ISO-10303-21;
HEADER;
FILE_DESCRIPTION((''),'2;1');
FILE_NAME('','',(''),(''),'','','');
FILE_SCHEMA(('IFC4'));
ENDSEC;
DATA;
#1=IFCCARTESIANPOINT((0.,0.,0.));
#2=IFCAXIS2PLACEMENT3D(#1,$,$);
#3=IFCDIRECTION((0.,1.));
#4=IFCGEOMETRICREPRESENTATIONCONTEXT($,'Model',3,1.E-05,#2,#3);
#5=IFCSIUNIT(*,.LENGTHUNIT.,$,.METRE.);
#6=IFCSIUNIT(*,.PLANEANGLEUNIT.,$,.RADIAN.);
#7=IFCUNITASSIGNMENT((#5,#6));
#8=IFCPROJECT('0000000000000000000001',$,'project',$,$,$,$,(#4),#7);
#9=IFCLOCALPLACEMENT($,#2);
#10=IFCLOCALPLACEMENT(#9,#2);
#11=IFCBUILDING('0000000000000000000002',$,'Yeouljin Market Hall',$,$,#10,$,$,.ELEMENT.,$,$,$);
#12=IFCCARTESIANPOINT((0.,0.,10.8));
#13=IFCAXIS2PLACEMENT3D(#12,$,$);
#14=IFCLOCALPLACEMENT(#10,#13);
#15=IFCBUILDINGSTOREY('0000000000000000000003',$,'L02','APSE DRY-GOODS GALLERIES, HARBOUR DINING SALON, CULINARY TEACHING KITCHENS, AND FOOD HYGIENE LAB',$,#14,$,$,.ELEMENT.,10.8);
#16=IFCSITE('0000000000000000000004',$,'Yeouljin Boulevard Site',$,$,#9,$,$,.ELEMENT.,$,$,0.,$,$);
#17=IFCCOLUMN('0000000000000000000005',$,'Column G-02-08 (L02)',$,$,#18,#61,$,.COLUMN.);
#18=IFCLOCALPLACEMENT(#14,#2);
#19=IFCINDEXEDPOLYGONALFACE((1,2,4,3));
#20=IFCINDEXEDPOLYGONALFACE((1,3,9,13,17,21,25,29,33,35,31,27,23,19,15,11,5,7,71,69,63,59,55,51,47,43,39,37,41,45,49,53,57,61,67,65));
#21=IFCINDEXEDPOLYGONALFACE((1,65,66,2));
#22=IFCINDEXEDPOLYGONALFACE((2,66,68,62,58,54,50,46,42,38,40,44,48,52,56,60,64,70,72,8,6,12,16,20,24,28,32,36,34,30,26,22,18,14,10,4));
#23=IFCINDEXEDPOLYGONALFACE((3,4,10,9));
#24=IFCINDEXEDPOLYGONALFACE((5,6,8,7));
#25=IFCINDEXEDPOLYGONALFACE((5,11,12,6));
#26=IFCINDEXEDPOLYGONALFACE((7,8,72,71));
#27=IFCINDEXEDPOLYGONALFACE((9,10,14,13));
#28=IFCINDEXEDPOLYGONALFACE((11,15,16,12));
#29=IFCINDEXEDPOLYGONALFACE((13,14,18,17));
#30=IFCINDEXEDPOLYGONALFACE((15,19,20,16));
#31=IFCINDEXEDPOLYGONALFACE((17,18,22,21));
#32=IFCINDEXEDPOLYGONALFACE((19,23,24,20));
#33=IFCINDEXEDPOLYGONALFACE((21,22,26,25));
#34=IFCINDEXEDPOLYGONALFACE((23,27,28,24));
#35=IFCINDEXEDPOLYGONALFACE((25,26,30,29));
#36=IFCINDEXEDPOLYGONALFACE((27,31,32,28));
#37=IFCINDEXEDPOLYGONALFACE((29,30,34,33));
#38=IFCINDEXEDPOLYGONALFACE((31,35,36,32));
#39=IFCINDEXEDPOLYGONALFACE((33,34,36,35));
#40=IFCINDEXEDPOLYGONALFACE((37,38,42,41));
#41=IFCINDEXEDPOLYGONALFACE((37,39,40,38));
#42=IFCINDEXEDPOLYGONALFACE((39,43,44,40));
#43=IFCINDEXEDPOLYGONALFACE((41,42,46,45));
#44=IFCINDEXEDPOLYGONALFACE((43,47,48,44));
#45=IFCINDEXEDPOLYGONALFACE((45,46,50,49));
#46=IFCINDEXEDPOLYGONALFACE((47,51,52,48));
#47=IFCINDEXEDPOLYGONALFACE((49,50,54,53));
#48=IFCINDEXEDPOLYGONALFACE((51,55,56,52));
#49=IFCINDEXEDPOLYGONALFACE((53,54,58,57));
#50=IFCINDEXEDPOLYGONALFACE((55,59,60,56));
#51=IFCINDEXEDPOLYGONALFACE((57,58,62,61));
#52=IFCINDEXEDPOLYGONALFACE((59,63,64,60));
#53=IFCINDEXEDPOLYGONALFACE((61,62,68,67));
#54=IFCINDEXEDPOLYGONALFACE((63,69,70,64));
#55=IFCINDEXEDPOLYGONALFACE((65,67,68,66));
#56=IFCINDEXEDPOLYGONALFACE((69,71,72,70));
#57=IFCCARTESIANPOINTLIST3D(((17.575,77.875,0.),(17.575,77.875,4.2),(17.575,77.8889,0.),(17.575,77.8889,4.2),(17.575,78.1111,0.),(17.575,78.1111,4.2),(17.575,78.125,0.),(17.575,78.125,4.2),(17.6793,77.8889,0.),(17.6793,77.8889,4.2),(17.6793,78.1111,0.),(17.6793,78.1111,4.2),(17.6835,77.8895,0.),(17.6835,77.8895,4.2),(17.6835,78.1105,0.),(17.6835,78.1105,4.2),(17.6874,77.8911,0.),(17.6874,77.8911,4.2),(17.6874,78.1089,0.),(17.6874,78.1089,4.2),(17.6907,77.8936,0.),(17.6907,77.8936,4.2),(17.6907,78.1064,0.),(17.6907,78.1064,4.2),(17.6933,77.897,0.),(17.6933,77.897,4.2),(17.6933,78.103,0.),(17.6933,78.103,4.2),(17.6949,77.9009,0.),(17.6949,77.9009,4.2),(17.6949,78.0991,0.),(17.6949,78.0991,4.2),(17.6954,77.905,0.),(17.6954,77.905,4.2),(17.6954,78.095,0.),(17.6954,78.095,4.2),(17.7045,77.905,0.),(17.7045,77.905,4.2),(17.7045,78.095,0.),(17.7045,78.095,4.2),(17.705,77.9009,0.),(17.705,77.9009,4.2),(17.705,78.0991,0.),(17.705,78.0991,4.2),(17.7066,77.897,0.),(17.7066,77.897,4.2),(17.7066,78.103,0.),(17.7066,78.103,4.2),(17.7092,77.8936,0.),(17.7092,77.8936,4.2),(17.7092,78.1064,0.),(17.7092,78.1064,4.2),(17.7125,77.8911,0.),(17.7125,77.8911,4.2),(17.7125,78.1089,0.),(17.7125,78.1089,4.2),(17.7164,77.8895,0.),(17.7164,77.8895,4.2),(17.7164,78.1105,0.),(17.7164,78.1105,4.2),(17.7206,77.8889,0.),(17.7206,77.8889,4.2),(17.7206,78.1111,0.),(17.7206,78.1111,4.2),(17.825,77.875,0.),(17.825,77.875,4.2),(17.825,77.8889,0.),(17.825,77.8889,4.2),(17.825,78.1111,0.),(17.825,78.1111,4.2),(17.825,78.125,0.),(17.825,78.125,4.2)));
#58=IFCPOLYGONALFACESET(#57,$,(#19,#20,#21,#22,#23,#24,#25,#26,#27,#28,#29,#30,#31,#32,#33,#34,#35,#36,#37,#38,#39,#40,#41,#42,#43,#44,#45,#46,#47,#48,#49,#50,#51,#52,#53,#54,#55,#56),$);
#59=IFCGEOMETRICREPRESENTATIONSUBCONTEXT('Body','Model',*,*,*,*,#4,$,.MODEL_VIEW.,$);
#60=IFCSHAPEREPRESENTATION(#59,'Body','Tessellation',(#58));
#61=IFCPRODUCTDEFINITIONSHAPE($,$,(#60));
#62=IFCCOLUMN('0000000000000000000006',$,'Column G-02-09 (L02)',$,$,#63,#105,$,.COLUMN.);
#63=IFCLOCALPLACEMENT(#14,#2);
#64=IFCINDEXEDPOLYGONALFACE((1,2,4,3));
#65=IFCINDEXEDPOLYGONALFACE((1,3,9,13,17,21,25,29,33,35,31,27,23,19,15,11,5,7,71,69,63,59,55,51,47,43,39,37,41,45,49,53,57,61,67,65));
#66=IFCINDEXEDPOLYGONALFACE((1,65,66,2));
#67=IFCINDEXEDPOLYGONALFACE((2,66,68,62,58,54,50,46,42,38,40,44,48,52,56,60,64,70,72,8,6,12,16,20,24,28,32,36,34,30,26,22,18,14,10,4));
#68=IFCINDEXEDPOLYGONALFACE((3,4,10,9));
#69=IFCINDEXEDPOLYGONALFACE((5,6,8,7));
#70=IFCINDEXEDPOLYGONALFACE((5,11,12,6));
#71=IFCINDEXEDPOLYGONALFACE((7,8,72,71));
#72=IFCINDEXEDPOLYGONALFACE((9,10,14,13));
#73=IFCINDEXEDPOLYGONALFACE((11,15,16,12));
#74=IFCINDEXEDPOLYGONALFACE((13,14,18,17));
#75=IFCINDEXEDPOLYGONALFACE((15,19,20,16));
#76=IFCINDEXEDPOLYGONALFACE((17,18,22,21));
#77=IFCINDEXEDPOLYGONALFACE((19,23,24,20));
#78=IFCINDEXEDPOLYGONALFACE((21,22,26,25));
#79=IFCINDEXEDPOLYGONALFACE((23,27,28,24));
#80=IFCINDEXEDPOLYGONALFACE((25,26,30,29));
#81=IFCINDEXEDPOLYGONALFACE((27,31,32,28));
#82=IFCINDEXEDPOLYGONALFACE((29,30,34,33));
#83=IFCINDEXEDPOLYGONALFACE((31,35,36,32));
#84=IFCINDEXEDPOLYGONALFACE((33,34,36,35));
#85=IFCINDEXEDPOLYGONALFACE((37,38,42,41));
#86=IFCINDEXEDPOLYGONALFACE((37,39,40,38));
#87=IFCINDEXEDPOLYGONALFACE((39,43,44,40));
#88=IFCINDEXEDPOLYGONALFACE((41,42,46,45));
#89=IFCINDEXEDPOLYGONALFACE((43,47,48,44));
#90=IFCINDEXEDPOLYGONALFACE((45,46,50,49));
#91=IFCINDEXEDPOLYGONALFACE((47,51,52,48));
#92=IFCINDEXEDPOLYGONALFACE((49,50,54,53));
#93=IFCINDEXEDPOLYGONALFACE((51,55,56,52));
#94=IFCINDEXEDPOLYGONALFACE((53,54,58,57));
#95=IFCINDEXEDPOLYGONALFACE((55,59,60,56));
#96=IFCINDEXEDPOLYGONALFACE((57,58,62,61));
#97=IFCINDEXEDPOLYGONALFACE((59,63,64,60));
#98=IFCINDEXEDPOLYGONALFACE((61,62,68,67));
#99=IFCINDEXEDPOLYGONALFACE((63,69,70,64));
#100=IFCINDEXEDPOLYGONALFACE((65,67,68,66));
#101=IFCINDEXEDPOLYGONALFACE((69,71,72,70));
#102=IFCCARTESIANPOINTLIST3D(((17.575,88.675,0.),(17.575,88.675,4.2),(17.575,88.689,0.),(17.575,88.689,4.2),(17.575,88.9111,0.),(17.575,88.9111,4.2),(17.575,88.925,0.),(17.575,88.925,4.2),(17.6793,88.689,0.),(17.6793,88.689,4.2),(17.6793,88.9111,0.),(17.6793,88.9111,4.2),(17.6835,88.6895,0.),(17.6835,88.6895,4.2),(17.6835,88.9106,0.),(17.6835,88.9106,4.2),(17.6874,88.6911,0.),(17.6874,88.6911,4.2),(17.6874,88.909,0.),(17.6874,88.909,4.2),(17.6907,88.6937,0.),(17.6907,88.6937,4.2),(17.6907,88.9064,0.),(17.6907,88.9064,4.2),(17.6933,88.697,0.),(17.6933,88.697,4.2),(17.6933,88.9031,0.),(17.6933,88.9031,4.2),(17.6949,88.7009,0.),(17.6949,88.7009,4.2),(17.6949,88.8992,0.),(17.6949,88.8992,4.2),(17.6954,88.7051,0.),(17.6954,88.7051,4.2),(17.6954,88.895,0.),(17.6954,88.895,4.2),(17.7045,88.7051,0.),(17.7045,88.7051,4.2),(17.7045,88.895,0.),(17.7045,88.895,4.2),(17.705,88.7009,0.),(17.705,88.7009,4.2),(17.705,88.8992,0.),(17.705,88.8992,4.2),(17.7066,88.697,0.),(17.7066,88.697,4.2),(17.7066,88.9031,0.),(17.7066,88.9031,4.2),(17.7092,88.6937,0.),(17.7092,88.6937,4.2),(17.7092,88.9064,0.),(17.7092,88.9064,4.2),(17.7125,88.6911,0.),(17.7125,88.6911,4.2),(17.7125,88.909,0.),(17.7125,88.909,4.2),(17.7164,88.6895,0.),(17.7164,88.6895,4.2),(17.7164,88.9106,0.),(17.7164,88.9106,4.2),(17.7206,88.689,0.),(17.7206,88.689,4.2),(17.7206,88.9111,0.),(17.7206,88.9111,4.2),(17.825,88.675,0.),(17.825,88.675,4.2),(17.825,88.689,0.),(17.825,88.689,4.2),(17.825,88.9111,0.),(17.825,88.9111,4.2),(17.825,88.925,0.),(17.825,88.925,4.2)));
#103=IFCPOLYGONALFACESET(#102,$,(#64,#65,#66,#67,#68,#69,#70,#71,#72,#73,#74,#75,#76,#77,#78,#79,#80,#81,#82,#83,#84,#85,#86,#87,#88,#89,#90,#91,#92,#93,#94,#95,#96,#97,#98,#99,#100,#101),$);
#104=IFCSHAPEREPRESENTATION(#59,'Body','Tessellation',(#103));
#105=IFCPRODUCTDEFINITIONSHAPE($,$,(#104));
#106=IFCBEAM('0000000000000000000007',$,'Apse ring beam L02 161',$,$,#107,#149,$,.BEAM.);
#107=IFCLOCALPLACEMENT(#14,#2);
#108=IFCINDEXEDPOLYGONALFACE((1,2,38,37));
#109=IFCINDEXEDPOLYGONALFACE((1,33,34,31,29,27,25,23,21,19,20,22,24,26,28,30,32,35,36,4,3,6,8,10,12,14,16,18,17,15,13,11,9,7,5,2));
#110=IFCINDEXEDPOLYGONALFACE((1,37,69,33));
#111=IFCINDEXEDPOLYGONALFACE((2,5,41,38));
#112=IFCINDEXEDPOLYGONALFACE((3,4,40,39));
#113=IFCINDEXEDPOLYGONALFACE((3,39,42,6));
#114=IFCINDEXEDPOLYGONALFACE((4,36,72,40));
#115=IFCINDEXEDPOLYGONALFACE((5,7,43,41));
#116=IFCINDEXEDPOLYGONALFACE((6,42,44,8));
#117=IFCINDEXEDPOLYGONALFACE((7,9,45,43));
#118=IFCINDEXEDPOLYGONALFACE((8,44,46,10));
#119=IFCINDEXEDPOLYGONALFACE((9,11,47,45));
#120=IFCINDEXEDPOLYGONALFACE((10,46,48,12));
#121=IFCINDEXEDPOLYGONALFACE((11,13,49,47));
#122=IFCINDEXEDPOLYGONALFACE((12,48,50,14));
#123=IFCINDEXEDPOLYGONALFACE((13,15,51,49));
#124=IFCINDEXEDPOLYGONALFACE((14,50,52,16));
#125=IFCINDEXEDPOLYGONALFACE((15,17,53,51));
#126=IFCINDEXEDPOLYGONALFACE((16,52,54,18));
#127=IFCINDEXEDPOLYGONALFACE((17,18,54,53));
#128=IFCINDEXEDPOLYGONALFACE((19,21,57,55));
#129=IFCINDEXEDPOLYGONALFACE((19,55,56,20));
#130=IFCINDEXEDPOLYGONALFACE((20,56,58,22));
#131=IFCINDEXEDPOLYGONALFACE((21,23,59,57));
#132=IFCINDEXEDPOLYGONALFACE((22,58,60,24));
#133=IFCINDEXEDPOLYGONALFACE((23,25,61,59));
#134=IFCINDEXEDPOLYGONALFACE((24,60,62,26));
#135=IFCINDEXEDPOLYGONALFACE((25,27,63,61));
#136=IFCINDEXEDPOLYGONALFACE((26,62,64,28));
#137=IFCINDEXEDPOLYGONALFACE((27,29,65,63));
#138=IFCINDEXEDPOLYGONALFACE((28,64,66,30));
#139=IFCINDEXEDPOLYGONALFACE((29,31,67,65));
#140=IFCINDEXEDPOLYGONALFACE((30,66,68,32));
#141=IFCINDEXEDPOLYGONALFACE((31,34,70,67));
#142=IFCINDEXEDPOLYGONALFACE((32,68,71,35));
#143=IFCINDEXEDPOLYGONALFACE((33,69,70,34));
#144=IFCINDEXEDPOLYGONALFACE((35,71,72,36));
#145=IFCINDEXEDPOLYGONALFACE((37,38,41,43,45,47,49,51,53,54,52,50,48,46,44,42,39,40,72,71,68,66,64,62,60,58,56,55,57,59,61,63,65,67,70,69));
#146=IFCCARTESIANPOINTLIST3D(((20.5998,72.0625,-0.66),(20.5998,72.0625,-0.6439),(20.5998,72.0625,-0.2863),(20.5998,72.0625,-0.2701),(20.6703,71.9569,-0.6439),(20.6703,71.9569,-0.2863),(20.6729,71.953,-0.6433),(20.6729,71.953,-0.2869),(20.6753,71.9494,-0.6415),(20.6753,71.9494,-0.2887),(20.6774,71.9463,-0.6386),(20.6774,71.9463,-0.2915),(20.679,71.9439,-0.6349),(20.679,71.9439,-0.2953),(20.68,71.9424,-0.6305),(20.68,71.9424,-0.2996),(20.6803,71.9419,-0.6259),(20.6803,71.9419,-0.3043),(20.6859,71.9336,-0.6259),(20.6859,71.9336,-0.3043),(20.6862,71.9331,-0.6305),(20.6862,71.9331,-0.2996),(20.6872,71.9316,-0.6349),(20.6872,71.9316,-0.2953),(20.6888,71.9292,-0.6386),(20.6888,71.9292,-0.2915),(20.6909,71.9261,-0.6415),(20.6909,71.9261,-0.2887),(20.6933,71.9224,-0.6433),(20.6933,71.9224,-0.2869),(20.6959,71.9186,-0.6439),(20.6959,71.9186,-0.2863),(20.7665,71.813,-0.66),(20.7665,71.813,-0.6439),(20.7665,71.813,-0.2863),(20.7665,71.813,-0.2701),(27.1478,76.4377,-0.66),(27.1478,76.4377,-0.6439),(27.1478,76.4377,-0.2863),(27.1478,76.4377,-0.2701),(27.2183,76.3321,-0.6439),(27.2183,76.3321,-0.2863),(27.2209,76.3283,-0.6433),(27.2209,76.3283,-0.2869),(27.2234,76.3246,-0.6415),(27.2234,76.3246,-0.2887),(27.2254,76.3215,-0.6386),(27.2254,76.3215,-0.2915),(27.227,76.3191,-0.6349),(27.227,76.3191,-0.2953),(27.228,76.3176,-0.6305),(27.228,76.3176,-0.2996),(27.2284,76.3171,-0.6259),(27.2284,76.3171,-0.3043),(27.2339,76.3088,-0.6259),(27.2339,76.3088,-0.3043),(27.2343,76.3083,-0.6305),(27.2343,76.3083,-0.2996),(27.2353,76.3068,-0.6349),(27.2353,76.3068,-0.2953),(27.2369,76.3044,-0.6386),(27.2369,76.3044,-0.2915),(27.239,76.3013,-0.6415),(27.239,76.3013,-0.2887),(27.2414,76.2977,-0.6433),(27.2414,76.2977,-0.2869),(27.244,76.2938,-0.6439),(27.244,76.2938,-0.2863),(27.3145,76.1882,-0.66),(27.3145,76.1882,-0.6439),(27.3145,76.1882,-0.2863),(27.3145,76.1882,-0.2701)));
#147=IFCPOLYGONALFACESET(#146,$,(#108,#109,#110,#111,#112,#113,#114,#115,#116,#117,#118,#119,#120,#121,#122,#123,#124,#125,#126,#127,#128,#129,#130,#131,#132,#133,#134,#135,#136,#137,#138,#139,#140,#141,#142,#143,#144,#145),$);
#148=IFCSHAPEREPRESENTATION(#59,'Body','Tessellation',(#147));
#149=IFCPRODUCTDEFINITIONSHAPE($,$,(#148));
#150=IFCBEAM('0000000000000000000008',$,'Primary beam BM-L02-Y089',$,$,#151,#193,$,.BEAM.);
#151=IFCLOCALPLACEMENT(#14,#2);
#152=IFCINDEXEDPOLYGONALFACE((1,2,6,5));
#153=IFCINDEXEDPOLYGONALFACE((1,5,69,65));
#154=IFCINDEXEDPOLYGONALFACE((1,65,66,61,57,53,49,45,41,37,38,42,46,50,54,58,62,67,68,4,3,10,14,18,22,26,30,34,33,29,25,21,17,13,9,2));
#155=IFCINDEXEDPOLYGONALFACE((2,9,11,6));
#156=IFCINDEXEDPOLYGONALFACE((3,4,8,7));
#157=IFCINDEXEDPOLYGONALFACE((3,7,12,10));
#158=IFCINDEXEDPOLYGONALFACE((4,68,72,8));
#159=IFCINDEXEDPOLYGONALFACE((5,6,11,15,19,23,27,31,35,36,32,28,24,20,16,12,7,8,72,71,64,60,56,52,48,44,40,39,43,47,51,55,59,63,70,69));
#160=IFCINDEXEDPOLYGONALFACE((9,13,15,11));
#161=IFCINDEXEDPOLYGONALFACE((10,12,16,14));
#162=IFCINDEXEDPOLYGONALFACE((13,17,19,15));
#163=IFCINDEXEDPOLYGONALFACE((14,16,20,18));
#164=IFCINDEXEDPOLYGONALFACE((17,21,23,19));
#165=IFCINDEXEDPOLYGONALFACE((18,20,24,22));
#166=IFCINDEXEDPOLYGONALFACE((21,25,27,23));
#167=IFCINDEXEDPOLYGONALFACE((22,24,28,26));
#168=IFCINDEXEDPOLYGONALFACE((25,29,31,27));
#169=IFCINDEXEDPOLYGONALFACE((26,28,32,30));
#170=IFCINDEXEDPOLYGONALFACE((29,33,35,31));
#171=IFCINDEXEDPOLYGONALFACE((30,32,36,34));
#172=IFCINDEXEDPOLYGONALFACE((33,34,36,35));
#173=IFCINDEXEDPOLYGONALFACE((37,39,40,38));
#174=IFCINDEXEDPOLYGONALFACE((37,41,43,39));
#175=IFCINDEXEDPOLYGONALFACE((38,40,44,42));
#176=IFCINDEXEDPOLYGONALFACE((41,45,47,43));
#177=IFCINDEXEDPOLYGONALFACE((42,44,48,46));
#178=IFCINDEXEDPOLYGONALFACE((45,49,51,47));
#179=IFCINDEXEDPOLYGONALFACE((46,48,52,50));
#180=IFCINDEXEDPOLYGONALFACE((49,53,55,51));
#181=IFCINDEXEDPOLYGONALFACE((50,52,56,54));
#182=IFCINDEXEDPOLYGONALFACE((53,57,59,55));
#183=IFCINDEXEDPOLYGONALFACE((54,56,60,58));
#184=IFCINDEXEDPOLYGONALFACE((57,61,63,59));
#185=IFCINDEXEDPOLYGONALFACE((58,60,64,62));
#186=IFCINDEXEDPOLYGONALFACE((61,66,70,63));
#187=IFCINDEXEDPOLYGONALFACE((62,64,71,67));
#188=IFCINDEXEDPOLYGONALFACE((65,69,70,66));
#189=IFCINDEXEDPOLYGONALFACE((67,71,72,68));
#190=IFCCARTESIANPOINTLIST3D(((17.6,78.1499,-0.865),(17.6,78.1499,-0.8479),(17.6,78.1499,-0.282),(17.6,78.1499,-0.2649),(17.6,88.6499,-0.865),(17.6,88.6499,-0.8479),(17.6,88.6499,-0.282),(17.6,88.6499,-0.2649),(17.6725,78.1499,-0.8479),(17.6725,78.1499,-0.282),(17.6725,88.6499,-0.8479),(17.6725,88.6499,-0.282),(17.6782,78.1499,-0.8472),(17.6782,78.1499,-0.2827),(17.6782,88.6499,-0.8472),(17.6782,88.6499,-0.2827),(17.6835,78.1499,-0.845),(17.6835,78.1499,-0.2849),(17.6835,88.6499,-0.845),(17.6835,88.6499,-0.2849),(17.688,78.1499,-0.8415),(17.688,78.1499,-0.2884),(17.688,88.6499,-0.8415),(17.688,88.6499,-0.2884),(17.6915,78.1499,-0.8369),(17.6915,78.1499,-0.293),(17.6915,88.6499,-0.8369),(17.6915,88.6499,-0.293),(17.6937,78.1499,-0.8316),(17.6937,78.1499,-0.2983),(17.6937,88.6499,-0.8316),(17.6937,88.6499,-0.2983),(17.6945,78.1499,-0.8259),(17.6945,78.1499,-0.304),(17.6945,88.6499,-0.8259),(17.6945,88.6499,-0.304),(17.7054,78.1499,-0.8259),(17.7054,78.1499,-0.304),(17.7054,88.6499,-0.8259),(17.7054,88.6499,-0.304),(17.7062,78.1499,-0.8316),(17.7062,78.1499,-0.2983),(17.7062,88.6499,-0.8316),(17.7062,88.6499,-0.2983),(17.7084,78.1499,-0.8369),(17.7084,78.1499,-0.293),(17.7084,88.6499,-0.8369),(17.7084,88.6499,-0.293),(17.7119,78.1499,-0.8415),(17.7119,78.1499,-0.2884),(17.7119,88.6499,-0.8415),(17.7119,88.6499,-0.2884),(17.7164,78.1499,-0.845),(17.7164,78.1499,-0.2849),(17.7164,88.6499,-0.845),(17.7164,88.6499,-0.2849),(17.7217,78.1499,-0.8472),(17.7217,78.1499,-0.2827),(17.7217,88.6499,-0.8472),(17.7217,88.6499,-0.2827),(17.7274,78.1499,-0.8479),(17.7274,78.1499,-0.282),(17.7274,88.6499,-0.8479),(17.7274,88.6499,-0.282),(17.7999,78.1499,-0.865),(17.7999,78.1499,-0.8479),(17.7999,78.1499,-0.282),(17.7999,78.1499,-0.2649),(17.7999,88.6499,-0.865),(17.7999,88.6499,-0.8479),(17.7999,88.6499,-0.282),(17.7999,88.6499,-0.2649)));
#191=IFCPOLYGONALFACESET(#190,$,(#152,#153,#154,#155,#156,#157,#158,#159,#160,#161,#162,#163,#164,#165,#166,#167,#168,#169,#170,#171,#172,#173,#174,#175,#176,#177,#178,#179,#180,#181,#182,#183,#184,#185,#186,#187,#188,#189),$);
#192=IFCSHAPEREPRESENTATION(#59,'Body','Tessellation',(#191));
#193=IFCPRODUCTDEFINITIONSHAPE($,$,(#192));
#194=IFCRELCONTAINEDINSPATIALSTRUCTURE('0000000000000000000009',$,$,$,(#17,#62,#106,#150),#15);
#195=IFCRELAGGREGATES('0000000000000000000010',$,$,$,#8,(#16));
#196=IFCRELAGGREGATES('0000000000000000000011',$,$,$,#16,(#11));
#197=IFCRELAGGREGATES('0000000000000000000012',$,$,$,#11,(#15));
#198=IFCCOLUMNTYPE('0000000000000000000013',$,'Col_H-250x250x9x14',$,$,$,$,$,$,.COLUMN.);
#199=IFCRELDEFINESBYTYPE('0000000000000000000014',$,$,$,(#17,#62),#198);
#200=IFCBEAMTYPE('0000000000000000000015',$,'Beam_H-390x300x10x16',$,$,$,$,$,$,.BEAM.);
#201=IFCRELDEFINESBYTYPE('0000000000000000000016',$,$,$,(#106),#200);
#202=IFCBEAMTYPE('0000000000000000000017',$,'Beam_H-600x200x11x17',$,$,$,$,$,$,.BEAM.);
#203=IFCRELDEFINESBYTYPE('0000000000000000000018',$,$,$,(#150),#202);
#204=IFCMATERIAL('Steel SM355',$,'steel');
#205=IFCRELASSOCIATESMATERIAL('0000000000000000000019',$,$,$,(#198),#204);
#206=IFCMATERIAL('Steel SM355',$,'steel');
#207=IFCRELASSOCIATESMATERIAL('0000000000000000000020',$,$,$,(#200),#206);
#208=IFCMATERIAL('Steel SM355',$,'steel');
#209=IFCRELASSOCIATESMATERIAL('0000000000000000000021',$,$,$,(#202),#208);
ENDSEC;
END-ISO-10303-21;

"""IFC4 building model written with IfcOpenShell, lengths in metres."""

from ifc_helpers import new_model, si_unit, direction, frame, origin, origin_2d, place, context, subcontext, project, spatial, i_section, extrude, material, material_profile, profile_set, type_object, element, save


model = new_model("IFC4")

# Units and contexts
model_context = context("Model", 3, precision=1e-05, world=origin(), true_north=direction((0.0, 1.0)))
body_context = subcontext(model_context, "Body", "Model", "MODEL_VIEW")
ifc_project = project(units=[si_unit("LENGTHUNIT", "METRE"), si_unit("PLANEANGLEUNIT", "RADIAN")], contexts=[model_context])

# Site, building, storey
site_placement = place(None, origin())
site = spatial("IfcSite", under=ifc_project, at=site_placement, Name="Yeouljin Boulevard Site", CompositionType="ELEMENT", RefElevation=0.0)
building_placement = place(site_placement, origin())
building = spatial("IfcBuilding", under=site, at=building_placement, Name="Yeouljin Market Hall", CompositionType="ELEMENT")
storey_placement = place(building_placement, frame((0.0, 0.0, 10.8)))
storey = spatial("IfcBuildingStorey", under=building, at=storey_placement, Name="L02", Description="APSE DRY-GOODS GALLERIES, HARBOUR DINING SALON, CULINARY TEACHING KITCHENS, AND FOOD HYGIENE LAB", CompositionType="ELEMENT", Elevation=10.8)

# Columns
ifc_material_1 = material(Name="Steel SM355", Category="steel")
ifc_material_profile_1 = material_profile(ifc_material_1, i_section(OverallWidth=0.25, OverallDepth=0.25, WebThickness=0.009, FlangeThickness=0.0139, FilletRadius=0.0161, at=origin_2d()), Name="H-250x250x9x14")
ifc_profile_set_1 = profile_set([ifc_material_profile_1], Name="Steel SM355")
column_type = type_object("IfcColumnType", Name="Col_H-250x250x9x14", PredefinedType="COLUMN", material=ifc_profile_set_1)
for number, where, z_axis, x_axis, name in (
    (1, (17.7, 78.0, 0.0), (0.0, 0.0, 1.0), (1.0, 0.0, 0.0), "Column G-02-08 (L02)"),
    (2, (17.7, 88.8, 0.0), (0.0, 0.0, 1.0), (1.0, 0.0, 0.0), "Column G-02-09 (L02)"),
):
    element("IfcColumn", number, at=place(storey_placement, frame(where, z_axis=z_axis, x_axis=x_axis)), inside=storey, type_object=column_type, Name=name, PredefinedType="COLUMN", context=body_context, shape_type="SweptSolid", body=[
        extrude(i_section(OverallWidth=0.25, OverallDepth=0.25, WebThickness=0.009, FlangeThickness=0.0139, FilletRadius=0.0161, at=origin_2d()), origin(), (0.0, 0.0, 1.0), 4.2),
    ])

# Beams
ifc_material_2 = material(Name="Steel SM355", Category="steel")
ifc_material_profile_2 = material_profile(ifc_material_2, i_section(OverallWidth=0.3, OverallDepth=0.3899, WebThickness=0.01, FlangeThickness=0.0161, FilletRadius=0.0181, at=origin_2d()), Name="H-390x300x10x16")
ifc_profile_set_2 = profile_set([ifc_material_profile_2], Name="Steel SM355")
beam_type_1 = type_object("IfcBeamType", Name="Beam_H-390x300x10x16", PredefinedType="BEAM", material=ifc_profile_set_2)
beam_1_placement = place(storey_placement, frame((20.6831, 71.9377, -0.4651), z_axis=(0.831473, 0.555566, 0.0), x_axis=(-0.555566, 0.831473, 0.0)))
element("IfcBeam", 3, at=beam_1_placement, inside=storey, type_object=beam_type_1, Name="Apse ring beam L02 161", PredefinedType="BEAM", context=body_context, shape_type="SweptSolid", body=[
    extrude(i_section(OverallWidth=0.3, OverallDepth=0.3899, WebThickness=0.01, FlangeThickness=0.0161, FilletRadius=0.0181, at=origin_2d()), origin(), (0.0, 0.0, 1.0), 7.8752),
])
ifc_material_3 = material(Name="Steel SM355", Category="steel")
ifc_material_profile_3 = material_profile(ifc_material_3, i_section(OverallWidth=0.2, OverallDepth=0.6001, WebThickness=0.011, FlangeThickness=0.0171, FilletRadius=0.022, at=origin_2d()), Name="H-600x200x11x17")
ifc_profile_set_3 = profile_set([ifc_material_profile_3], Name="Steel SM355")
beam_type_2 = type_object("IfcBeamType", Name="Beam_H-600x200x11x17", PredefinedType="BEAM", material=ifc_profile_set_3)
beam_2_placement = place(storey_placement, frame((17.7, 78.1499, -0.5649), z_axis=(0.0, 1.0, 0.0), x_axis=(-1.0, 0.0, 0.0)))
element("IfcBeam", 4, at=beam_2_placement, inside=storey, type_object=beam_type_2, Name="Primary beam BM-L02-Y089", PredefinedType="BEAM", context=body_context, shape_type="SweptSolid", body=[
    extrude(i_section(OverallWidth=0.2, OverallDepth=0.6001, WebThickness=0.011, FlangeThickness=0.0171, FilletRadius=0.022, at=origin_2d()), origin(), (0.0, 0.0, 1.0), 10.5),
])

save(model, "model.ifc")
